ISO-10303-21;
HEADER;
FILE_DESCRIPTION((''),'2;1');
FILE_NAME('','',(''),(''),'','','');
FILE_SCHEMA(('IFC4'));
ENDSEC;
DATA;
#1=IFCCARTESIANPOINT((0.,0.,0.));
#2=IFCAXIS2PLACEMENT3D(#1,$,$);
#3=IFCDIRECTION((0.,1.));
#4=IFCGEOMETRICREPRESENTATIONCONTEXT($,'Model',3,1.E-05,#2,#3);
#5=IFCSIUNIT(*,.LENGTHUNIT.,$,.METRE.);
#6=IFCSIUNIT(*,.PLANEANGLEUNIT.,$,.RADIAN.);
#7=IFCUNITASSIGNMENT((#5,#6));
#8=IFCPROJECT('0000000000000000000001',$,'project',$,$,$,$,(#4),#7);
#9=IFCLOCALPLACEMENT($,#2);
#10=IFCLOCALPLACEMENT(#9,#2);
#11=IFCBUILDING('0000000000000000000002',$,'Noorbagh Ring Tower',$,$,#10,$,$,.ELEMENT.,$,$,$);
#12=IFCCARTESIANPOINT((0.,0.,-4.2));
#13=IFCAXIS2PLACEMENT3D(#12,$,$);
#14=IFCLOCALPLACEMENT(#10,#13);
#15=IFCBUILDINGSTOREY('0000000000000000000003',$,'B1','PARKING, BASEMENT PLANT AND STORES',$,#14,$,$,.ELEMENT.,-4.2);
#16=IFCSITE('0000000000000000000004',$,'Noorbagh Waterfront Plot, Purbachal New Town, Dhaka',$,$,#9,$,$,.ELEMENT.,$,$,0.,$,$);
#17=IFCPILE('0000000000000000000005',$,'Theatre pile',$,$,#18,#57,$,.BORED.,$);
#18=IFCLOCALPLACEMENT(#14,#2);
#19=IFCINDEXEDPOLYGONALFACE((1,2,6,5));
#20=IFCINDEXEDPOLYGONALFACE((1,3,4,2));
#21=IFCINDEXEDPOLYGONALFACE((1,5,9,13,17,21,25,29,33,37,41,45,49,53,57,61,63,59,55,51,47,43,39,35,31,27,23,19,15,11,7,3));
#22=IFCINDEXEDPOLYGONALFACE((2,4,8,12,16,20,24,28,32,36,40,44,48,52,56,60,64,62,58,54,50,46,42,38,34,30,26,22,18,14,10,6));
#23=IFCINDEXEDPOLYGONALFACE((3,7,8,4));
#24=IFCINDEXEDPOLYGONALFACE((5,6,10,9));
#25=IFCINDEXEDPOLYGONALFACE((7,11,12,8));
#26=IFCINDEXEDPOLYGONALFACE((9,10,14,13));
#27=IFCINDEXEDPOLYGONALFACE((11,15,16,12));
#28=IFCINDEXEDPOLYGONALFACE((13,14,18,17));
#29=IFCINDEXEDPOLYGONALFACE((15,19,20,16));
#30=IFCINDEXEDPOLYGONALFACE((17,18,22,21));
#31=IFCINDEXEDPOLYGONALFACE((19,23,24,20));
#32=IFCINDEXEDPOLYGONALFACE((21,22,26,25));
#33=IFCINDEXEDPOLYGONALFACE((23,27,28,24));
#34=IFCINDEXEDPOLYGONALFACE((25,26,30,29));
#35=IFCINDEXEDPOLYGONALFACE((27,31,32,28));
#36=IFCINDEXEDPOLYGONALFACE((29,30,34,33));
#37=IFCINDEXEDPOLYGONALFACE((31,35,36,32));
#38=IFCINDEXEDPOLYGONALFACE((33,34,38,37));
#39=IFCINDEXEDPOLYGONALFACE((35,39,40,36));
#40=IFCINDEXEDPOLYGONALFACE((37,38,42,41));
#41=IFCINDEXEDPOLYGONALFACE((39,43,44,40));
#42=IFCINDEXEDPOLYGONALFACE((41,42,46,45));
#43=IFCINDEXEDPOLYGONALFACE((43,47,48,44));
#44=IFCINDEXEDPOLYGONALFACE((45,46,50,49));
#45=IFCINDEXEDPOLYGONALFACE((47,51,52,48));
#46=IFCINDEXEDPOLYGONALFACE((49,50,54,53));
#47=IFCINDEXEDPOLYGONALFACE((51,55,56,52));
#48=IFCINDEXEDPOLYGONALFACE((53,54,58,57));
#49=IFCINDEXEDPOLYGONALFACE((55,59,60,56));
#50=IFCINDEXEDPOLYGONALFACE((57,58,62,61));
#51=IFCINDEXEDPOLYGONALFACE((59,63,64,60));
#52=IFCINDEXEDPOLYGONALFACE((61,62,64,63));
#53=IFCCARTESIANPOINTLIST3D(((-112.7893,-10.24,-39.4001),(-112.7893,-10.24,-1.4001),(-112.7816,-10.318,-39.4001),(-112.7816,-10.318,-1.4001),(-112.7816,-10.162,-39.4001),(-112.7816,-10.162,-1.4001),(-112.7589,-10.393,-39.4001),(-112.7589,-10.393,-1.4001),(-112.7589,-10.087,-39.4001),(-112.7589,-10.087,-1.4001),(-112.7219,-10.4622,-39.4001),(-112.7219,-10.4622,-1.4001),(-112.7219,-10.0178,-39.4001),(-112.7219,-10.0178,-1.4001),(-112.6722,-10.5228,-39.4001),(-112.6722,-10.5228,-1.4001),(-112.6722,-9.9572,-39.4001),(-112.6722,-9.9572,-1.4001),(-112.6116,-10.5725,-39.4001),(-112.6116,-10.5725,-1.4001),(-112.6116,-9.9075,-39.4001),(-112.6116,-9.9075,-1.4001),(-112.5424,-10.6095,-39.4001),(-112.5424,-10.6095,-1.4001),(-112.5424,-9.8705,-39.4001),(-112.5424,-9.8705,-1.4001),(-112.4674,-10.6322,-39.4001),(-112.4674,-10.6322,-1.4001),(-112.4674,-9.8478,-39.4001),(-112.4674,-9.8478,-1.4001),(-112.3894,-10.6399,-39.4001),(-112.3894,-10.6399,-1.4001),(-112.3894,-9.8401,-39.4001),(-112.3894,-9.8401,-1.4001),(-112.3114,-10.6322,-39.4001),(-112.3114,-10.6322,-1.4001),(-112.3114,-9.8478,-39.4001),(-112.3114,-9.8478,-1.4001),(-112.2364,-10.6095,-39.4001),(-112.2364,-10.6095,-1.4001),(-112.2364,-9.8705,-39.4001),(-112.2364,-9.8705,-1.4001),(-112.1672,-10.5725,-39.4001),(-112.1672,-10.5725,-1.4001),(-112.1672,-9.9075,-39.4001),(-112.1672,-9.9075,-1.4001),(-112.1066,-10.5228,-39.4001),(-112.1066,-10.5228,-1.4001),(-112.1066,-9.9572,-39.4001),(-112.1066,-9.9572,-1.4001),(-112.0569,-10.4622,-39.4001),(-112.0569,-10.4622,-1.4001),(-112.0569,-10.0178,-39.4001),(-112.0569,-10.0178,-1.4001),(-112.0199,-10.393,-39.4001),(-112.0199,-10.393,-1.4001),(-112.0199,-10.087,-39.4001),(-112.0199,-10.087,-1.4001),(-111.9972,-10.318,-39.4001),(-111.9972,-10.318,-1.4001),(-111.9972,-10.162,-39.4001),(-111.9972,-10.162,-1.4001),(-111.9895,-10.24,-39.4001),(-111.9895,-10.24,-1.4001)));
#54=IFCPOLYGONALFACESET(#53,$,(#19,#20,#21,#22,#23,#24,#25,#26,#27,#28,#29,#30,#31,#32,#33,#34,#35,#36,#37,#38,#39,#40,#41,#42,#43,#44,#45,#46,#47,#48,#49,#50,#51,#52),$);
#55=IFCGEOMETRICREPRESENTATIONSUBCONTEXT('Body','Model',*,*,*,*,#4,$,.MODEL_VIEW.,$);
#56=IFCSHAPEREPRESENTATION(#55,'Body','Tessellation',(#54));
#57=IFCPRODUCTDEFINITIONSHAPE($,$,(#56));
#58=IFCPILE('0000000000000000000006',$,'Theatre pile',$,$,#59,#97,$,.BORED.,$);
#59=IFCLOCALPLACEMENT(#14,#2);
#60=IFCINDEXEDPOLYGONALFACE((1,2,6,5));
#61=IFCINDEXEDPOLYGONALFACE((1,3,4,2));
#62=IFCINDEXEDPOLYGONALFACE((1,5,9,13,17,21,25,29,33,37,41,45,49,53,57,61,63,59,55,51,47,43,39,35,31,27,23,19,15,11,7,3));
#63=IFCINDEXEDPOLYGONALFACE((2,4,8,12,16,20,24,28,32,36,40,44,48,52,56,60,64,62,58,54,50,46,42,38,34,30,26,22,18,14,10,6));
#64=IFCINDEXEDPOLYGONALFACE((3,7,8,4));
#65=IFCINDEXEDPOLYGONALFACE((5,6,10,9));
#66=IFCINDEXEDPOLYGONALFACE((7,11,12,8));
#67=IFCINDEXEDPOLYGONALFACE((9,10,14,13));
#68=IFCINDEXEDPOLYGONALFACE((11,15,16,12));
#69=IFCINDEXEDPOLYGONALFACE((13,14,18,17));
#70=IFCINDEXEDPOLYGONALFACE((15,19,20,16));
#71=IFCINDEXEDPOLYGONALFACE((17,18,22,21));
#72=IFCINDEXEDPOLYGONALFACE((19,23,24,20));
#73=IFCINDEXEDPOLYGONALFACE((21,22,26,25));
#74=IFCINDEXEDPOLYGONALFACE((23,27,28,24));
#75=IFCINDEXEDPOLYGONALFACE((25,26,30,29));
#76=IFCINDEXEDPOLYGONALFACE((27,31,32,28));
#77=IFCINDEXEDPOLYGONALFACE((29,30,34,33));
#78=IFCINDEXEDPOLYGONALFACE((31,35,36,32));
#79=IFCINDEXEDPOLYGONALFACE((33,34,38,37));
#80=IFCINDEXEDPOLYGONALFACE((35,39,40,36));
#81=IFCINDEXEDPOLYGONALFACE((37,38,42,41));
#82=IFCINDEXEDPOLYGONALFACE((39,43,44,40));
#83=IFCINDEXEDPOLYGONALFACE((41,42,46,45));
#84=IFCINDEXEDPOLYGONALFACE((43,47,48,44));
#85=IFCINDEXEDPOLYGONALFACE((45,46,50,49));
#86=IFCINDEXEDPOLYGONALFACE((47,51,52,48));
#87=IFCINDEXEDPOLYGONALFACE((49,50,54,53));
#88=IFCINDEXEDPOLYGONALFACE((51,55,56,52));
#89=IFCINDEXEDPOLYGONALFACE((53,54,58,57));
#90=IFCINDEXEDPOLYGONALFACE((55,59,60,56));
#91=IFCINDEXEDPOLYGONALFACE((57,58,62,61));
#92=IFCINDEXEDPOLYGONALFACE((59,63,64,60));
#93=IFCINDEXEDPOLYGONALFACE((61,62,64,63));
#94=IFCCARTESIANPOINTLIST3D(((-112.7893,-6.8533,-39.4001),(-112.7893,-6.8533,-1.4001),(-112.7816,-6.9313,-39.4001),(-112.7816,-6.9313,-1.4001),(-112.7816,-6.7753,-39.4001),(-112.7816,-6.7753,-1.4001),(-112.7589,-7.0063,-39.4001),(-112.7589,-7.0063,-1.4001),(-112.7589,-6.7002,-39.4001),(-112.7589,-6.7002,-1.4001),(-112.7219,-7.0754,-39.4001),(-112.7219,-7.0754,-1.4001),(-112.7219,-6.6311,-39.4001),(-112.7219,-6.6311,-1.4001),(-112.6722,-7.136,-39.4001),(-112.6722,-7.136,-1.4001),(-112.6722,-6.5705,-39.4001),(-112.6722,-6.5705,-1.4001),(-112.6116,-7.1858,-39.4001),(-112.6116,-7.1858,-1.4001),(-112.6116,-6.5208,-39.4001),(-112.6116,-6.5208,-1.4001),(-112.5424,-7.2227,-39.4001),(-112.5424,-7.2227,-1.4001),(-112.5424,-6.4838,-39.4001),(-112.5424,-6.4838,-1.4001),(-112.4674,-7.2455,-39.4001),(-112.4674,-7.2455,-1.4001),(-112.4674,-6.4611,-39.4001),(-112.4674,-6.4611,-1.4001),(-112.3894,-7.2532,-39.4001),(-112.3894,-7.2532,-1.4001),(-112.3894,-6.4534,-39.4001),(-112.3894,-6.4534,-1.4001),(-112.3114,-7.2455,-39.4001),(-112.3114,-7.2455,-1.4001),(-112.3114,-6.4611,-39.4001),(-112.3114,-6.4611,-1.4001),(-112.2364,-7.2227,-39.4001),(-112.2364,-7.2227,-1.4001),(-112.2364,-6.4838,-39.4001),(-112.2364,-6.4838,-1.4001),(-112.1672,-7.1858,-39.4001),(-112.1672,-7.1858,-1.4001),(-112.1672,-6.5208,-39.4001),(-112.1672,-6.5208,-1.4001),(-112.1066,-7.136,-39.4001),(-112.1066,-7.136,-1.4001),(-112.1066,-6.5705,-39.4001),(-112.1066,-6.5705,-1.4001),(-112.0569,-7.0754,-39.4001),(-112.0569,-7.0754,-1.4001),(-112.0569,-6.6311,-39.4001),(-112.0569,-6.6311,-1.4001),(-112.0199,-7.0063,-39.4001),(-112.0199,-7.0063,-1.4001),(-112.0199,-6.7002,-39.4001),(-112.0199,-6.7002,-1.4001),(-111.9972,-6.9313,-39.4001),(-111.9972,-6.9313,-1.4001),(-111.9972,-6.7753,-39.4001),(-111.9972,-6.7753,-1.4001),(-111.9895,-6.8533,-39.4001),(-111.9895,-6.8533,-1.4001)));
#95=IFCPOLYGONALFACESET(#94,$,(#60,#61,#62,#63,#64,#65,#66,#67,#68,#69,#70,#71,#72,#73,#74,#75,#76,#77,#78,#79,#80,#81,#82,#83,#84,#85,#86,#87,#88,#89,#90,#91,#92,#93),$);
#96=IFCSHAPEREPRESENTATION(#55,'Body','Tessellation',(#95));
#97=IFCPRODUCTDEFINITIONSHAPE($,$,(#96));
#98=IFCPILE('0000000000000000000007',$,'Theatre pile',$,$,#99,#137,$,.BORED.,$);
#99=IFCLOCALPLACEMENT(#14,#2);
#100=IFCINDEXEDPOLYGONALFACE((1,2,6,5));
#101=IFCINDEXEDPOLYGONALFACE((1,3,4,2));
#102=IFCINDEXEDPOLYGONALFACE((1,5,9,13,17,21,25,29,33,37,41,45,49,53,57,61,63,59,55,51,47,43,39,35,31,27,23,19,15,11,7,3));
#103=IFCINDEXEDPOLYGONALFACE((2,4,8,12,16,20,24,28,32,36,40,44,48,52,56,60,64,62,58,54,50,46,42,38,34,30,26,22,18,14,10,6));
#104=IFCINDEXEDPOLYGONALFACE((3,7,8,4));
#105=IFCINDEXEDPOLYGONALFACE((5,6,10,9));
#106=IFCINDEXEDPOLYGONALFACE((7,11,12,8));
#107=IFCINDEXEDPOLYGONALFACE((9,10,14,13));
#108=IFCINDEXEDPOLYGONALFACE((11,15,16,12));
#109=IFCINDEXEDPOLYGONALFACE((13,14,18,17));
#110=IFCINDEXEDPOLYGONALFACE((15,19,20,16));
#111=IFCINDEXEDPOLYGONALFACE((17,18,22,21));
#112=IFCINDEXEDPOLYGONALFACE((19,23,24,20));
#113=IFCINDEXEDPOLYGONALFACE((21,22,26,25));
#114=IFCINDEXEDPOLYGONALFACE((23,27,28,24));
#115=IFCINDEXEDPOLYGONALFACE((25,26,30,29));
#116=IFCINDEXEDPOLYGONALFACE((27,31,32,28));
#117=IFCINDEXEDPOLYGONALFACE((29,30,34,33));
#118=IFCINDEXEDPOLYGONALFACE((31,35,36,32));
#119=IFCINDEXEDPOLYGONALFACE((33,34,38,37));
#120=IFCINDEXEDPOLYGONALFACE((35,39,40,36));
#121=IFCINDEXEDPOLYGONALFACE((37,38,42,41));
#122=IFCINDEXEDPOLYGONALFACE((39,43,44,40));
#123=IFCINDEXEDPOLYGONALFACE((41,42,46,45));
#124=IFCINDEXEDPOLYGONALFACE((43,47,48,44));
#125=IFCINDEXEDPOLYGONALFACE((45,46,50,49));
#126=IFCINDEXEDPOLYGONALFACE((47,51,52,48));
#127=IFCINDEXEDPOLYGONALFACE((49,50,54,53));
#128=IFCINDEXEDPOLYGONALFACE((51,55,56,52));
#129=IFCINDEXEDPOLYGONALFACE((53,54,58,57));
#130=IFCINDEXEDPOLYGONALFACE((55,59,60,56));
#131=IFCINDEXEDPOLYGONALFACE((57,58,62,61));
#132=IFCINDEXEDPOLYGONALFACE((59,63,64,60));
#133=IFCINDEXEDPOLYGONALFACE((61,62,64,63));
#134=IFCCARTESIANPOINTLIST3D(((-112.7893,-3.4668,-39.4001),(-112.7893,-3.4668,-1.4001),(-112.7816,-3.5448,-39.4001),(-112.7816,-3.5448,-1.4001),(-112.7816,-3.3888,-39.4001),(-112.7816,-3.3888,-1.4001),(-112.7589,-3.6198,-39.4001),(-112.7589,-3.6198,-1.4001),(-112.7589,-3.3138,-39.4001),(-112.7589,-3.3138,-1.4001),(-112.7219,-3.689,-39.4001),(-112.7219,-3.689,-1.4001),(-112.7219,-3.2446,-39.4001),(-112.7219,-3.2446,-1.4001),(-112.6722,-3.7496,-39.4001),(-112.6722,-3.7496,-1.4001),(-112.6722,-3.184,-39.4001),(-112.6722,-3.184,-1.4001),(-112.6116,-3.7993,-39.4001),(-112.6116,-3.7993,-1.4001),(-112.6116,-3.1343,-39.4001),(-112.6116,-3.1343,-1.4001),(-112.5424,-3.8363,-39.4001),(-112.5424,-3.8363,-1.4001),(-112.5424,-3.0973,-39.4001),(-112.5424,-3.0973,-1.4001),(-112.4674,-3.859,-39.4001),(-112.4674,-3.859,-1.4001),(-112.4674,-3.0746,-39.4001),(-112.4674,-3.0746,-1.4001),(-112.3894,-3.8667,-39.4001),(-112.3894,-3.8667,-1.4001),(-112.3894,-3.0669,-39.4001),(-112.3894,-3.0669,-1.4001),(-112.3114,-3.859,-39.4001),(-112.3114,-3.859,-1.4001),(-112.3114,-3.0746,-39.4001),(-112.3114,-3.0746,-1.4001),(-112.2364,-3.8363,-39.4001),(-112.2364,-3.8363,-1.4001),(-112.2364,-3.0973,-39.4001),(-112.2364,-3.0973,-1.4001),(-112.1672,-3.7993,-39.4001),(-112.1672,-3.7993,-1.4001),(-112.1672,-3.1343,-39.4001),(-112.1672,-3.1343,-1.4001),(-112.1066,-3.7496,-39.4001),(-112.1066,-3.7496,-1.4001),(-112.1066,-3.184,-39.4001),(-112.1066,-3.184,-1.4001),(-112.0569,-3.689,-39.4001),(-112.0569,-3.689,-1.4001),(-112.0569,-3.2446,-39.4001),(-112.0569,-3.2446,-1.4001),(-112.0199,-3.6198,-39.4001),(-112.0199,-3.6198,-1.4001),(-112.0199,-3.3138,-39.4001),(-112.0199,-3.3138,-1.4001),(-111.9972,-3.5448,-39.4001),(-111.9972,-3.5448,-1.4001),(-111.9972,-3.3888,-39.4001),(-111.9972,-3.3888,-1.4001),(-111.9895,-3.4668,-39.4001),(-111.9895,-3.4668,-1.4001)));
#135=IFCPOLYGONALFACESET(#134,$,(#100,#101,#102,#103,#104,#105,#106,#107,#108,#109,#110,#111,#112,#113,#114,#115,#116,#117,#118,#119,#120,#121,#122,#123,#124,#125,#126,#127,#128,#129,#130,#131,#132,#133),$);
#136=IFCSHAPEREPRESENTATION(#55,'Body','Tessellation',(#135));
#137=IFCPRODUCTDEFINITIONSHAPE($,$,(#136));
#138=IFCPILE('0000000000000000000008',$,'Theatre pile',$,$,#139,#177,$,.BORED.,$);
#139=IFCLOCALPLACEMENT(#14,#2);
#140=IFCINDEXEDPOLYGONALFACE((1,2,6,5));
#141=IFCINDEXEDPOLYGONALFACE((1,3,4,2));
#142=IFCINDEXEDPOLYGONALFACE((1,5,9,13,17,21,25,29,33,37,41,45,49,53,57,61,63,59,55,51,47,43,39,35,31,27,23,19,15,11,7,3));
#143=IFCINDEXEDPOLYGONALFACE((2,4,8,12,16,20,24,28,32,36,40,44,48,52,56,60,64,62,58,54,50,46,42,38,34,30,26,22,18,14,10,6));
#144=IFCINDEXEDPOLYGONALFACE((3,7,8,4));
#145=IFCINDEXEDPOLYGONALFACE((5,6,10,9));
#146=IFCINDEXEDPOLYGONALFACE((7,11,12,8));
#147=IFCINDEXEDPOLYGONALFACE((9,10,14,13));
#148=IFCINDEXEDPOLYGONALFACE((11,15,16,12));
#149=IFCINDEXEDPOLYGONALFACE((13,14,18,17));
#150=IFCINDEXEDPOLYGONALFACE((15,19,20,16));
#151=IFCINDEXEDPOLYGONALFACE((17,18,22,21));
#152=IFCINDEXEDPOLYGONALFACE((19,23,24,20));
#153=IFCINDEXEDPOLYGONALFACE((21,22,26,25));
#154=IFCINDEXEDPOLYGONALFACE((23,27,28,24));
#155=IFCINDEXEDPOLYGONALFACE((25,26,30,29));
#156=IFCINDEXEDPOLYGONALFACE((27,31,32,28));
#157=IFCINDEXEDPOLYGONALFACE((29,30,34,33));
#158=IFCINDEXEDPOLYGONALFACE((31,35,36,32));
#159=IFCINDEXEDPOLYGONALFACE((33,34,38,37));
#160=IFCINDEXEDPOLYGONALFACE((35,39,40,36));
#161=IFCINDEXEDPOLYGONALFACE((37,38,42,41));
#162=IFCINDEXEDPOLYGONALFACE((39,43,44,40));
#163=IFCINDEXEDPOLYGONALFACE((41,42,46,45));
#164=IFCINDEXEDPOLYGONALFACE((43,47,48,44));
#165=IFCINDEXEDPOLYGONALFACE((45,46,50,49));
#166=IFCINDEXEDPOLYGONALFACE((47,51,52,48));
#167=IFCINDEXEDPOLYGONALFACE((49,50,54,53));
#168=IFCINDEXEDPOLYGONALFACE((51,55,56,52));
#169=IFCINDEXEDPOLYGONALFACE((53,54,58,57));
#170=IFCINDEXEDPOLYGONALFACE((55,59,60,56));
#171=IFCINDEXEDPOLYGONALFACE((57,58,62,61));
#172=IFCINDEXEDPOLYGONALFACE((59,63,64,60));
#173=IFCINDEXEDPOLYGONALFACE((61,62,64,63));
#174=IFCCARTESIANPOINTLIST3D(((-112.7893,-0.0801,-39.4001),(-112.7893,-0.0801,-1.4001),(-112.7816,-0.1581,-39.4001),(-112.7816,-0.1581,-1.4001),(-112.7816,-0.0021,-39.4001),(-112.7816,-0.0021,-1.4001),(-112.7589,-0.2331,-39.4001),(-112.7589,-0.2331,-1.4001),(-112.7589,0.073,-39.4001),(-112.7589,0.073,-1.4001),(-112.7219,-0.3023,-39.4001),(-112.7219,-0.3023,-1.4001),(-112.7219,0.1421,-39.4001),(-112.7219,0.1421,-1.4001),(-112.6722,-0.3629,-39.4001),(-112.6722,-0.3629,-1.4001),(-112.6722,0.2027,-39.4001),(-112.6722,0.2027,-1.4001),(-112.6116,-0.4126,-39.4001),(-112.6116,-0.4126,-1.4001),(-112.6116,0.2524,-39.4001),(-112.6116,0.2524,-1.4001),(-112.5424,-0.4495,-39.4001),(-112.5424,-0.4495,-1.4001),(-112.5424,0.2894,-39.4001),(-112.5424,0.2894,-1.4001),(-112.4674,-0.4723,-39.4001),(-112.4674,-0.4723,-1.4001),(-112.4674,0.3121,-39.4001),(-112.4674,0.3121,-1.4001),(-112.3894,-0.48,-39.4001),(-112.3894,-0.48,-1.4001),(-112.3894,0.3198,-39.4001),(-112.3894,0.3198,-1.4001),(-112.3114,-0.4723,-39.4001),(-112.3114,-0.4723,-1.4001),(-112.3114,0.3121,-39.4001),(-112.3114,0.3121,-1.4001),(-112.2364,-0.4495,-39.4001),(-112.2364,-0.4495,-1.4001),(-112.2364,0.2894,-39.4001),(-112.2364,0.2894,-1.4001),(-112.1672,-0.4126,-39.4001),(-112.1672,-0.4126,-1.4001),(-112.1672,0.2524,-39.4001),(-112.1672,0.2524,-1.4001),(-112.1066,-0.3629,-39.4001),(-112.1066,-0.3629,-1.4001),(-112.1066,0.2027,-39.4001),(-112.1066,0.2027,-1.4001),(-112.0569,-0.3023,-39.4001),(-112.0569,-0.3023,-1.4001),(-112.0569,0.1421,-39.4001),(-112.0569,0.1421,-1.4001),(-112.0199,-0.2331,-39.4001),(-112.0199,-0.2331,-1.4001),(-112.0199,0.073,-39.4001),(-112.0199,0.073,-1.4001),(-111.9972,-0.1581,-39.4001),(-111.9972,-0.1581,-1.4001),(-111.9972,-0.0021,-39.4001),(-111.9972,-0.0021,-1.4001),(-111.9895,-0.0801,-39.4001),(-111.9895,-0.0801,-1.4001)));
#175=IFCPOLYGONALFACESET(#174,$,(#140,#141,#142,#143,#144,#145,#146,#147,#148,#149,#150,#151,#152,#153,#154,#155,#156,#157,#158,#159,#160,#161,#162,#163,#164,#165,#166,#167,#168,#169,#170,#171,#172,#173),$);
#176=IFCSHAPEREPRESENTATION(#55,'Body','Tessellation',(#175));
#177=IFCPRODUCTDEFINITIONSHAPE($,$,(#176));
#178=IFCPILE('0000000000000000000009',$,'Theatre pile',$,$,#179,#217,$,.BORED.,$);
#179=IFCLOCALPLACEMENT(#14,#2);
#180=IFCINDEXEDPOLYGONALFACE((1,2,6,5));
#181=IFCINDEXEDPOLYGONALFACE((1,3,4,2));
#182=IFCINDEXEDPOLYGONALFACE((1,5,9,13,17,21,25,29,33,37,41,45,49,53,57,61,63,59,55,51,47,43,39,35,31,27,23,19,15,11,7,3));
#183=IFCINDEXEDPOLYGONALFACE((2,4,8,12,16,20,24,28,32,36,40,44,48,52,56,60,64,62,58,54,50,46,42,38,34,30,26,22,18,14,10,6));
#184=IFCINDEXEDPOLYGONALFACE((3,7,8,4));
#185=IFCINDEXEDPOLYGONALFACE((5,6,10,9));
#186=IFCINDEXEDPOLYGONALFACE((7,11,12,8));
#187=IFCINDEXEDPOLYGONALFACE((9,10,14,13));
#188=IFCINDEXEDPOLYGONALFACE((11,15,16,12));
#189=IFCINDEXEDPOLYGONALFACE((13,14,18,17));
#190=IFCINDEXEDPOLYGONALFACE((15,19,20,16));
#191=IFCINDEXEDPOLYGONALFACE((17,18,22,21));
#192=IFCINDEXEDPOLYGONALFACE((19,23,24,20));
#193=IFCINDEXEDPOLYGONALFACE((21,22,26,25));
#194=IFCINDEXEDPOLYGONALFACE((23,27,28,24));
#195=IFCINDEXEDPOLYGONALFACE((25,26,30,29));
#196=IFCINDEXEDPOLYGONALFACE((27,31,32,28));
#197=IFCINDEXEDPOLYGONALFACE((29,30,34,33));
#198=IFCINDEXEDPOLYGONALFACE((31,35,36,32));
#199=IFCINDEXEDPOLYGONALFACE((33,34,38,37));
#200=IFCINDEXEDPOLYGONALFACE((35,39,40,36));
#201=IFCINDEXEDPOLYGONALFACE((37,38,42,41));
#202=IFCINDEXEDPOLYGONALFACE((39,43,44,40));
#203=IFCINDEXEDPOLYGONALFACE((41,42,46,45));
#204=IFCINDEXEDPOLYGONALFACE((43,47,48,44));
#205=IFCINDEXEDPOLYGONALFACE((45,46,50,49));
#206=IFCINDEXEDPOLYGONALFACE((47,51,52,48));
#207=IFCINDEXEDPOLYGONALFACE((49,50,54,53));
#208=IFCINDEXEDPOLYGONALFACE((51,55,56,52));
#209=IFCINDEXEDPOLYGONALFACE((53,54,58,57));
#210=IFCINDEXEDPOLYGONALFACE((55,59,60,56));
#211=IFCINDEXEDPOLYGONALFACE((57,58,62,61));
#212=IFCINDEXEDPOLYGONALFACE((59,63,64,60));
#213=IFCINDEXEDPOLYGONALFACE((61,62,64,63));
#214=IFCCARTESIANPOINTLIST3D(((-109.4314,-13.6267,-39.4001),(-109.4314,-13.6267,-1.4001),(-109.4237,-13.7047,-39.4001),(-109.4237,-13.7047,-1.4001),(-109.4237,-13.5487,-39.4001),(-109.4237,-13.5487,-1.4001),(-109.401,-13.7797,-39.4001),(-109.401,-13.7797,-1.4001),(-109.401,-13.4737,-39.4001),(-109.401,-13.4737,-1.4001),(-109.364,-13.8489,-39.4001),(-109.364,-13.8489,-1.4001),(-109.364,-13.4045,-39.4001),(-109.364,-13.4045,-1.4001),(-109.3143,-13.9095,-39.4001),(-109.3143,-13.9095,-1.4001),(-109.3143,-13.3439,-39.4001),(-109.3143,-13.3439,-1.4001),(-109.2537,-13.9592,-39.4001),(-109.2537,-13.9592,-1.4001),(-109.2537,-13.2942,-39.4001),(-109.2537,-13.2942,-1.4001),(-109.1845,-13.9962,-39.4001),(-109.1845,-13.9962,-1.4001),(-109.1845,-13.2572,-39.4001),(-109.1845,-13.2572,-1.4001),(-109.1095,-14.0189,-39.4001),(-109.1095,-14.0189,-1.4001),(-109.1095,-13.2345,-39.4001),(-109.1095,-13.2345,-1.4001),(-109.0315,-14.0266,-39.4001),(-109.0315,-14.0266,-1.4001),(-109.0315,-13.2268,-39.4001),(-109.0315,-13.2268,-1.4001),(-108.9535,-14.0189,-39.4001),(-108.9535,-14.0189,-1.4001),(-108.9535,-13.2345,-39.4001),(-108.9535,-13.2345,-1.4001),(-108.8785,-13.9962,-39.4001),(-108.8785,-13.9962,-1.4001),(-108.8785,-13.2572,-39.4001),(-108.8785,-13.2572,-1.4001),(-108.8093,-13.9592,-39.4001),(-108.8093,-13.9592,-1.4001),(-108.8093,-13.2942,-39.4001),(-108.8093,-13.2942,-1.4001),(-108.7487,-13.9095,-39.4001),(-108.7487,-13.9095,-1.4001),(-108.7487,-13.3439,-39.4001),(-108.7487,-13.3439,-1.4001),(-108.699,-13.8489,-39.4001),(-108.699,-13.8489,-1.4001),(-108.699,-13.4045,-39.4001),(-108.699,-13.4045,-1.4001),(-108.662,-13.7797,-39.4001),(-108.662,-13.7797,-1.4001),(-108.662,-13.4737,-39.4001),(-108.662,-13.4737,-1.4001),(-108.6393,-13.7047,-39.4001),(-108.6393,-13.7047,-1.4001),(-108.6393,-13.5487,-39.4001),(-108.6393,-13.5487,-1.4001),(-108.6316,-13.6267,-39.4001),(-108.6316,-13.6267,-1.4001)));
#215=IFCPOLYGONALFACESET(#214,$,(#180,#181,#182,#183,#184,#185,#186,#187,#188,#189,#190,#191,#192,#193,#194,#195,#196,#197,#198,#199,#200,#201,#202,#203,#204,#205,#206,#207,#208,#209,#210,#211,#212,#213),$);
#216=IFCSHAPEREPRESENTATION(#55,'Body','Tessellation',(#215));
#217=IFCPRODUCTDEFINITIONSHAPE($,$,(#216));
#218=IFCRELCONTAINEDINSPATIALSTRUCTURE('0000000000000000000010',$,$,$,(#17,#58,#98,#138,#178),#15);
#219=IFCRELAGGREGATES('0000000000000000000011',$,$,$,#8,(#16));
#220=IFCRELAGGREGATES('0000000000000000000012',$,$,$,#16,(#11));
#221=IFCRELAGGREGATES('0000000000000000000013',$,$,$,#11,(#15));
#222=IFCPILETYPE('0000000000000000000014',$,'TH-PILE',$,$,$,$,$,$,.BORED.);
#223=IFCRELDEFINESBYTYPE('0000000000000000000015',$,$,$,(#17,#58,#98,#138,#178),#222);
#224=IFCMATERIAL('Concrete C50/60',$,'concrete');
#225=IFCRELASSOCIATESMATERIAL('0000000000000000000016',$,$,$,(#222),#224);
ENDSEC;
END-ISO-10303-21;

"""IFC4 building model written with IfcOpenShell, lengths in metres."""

from ifc_helpers import new_model, si_unit, direction, frame, origin, origin_2d, place, context, subcontext, project, spatial, circle, extrude, material, material_profile, profile_set, type_object, element, save


model = new_model("IFC4")

# Units and contexts
model_context = context("Model", 3, precision=1e-05, world=origin(), true_north=direction((0.0, 1.0)))
body_context = subcontext(model_context, "Body", "Model", "MODEL_VIEW")
ifc_project = project(units=[si_unit("LENGTHUNIT", "METRE"), si_unit("PLANEANGLEUNIT", "RADIAN")], contexts=[model_context])

# Site, building, storey
site_placement = place(None, origin())
site = spatial("IfcSite", under=ifc_project, at=site_placement, Name="Noorbagh Waterfront Plot, Purbachal New Town, Dhaka", CompositionType="ELEMENT", RefElevation=0.0)
building_placement = place(site_placement, origin())
building = spatial("IfcBuilding", under=site, at=building_placement, Name="Noorbagh Ring Tower", CompositionType="ELEMENT")
storey_placement = place(building_placement, frame((0.0, 0.0, -4.2)))
storey = spatial("IfcBuildingStorey", under=building, at=storey_placement, Name="B1", Description="PARKING, BASEMENT PLANT AND STORES", CompositionType="ELEMENT", Elevation=-4.2)

# Piles
ifc_material_1 = material(Name="Concrete C50/60", Category="concrete")
ifc_material_profile = material_profile(ifc_material_1, circle(Radius=0.3999, at=origin_2d()), Name="PILE800")
ifc_profile_set = profile_set([ifc_material_profile], Name="Concrete C50/60")
pile_type = type_object("IfcPileType", Name="TH-PILE", PredefinedType="BORED", material=ifc_profile_set)
for number, where, z_axis, x_axis, name in (
    (1, (-112.3894, -10.24, -1.4001), (0.0, 0.0, -1.0), (1.0, 0.0, 0.0), "Theatre pile"),
    (2, (-112.3894, -6.8533, -1.4001), (0.0, 0.0, -1.0), (1.0, 0.0, 0.0), "Theatre pile"),
    (3, (-112.3894, -3.4668, -1.4001), (0.0, 0.0, -1.0), (1.0, 0.0, 0.0), "Theatre pile"),
    (4, (-112.3894, -0.0801, -1.4001), (0.0, 0.0, -1.0), (1.0, 0.0, 0.0), "Theatre pile"),
    (5, (-109.0315, -13.6267, -1.4001), (0.0, 0.0, -1.0), (1.0, 0.0, 0.0), "Theatre pile"),
):
    element("IfcPile", number, at=place(storey_placement, frame(where, z_axis=z_axis, x_axis=x_axis)), inside=storey, type_object=pile_type, Name=name, PredefinedType="BORED", context=body_context, shape_type="SweptSolid", body=[
        extrude(circle(Radius=0.3999, at=origin_2d()), origin(), (0.0, 0.0, 1.0), 38.0),
    ])

save(model, "model.ifc")
